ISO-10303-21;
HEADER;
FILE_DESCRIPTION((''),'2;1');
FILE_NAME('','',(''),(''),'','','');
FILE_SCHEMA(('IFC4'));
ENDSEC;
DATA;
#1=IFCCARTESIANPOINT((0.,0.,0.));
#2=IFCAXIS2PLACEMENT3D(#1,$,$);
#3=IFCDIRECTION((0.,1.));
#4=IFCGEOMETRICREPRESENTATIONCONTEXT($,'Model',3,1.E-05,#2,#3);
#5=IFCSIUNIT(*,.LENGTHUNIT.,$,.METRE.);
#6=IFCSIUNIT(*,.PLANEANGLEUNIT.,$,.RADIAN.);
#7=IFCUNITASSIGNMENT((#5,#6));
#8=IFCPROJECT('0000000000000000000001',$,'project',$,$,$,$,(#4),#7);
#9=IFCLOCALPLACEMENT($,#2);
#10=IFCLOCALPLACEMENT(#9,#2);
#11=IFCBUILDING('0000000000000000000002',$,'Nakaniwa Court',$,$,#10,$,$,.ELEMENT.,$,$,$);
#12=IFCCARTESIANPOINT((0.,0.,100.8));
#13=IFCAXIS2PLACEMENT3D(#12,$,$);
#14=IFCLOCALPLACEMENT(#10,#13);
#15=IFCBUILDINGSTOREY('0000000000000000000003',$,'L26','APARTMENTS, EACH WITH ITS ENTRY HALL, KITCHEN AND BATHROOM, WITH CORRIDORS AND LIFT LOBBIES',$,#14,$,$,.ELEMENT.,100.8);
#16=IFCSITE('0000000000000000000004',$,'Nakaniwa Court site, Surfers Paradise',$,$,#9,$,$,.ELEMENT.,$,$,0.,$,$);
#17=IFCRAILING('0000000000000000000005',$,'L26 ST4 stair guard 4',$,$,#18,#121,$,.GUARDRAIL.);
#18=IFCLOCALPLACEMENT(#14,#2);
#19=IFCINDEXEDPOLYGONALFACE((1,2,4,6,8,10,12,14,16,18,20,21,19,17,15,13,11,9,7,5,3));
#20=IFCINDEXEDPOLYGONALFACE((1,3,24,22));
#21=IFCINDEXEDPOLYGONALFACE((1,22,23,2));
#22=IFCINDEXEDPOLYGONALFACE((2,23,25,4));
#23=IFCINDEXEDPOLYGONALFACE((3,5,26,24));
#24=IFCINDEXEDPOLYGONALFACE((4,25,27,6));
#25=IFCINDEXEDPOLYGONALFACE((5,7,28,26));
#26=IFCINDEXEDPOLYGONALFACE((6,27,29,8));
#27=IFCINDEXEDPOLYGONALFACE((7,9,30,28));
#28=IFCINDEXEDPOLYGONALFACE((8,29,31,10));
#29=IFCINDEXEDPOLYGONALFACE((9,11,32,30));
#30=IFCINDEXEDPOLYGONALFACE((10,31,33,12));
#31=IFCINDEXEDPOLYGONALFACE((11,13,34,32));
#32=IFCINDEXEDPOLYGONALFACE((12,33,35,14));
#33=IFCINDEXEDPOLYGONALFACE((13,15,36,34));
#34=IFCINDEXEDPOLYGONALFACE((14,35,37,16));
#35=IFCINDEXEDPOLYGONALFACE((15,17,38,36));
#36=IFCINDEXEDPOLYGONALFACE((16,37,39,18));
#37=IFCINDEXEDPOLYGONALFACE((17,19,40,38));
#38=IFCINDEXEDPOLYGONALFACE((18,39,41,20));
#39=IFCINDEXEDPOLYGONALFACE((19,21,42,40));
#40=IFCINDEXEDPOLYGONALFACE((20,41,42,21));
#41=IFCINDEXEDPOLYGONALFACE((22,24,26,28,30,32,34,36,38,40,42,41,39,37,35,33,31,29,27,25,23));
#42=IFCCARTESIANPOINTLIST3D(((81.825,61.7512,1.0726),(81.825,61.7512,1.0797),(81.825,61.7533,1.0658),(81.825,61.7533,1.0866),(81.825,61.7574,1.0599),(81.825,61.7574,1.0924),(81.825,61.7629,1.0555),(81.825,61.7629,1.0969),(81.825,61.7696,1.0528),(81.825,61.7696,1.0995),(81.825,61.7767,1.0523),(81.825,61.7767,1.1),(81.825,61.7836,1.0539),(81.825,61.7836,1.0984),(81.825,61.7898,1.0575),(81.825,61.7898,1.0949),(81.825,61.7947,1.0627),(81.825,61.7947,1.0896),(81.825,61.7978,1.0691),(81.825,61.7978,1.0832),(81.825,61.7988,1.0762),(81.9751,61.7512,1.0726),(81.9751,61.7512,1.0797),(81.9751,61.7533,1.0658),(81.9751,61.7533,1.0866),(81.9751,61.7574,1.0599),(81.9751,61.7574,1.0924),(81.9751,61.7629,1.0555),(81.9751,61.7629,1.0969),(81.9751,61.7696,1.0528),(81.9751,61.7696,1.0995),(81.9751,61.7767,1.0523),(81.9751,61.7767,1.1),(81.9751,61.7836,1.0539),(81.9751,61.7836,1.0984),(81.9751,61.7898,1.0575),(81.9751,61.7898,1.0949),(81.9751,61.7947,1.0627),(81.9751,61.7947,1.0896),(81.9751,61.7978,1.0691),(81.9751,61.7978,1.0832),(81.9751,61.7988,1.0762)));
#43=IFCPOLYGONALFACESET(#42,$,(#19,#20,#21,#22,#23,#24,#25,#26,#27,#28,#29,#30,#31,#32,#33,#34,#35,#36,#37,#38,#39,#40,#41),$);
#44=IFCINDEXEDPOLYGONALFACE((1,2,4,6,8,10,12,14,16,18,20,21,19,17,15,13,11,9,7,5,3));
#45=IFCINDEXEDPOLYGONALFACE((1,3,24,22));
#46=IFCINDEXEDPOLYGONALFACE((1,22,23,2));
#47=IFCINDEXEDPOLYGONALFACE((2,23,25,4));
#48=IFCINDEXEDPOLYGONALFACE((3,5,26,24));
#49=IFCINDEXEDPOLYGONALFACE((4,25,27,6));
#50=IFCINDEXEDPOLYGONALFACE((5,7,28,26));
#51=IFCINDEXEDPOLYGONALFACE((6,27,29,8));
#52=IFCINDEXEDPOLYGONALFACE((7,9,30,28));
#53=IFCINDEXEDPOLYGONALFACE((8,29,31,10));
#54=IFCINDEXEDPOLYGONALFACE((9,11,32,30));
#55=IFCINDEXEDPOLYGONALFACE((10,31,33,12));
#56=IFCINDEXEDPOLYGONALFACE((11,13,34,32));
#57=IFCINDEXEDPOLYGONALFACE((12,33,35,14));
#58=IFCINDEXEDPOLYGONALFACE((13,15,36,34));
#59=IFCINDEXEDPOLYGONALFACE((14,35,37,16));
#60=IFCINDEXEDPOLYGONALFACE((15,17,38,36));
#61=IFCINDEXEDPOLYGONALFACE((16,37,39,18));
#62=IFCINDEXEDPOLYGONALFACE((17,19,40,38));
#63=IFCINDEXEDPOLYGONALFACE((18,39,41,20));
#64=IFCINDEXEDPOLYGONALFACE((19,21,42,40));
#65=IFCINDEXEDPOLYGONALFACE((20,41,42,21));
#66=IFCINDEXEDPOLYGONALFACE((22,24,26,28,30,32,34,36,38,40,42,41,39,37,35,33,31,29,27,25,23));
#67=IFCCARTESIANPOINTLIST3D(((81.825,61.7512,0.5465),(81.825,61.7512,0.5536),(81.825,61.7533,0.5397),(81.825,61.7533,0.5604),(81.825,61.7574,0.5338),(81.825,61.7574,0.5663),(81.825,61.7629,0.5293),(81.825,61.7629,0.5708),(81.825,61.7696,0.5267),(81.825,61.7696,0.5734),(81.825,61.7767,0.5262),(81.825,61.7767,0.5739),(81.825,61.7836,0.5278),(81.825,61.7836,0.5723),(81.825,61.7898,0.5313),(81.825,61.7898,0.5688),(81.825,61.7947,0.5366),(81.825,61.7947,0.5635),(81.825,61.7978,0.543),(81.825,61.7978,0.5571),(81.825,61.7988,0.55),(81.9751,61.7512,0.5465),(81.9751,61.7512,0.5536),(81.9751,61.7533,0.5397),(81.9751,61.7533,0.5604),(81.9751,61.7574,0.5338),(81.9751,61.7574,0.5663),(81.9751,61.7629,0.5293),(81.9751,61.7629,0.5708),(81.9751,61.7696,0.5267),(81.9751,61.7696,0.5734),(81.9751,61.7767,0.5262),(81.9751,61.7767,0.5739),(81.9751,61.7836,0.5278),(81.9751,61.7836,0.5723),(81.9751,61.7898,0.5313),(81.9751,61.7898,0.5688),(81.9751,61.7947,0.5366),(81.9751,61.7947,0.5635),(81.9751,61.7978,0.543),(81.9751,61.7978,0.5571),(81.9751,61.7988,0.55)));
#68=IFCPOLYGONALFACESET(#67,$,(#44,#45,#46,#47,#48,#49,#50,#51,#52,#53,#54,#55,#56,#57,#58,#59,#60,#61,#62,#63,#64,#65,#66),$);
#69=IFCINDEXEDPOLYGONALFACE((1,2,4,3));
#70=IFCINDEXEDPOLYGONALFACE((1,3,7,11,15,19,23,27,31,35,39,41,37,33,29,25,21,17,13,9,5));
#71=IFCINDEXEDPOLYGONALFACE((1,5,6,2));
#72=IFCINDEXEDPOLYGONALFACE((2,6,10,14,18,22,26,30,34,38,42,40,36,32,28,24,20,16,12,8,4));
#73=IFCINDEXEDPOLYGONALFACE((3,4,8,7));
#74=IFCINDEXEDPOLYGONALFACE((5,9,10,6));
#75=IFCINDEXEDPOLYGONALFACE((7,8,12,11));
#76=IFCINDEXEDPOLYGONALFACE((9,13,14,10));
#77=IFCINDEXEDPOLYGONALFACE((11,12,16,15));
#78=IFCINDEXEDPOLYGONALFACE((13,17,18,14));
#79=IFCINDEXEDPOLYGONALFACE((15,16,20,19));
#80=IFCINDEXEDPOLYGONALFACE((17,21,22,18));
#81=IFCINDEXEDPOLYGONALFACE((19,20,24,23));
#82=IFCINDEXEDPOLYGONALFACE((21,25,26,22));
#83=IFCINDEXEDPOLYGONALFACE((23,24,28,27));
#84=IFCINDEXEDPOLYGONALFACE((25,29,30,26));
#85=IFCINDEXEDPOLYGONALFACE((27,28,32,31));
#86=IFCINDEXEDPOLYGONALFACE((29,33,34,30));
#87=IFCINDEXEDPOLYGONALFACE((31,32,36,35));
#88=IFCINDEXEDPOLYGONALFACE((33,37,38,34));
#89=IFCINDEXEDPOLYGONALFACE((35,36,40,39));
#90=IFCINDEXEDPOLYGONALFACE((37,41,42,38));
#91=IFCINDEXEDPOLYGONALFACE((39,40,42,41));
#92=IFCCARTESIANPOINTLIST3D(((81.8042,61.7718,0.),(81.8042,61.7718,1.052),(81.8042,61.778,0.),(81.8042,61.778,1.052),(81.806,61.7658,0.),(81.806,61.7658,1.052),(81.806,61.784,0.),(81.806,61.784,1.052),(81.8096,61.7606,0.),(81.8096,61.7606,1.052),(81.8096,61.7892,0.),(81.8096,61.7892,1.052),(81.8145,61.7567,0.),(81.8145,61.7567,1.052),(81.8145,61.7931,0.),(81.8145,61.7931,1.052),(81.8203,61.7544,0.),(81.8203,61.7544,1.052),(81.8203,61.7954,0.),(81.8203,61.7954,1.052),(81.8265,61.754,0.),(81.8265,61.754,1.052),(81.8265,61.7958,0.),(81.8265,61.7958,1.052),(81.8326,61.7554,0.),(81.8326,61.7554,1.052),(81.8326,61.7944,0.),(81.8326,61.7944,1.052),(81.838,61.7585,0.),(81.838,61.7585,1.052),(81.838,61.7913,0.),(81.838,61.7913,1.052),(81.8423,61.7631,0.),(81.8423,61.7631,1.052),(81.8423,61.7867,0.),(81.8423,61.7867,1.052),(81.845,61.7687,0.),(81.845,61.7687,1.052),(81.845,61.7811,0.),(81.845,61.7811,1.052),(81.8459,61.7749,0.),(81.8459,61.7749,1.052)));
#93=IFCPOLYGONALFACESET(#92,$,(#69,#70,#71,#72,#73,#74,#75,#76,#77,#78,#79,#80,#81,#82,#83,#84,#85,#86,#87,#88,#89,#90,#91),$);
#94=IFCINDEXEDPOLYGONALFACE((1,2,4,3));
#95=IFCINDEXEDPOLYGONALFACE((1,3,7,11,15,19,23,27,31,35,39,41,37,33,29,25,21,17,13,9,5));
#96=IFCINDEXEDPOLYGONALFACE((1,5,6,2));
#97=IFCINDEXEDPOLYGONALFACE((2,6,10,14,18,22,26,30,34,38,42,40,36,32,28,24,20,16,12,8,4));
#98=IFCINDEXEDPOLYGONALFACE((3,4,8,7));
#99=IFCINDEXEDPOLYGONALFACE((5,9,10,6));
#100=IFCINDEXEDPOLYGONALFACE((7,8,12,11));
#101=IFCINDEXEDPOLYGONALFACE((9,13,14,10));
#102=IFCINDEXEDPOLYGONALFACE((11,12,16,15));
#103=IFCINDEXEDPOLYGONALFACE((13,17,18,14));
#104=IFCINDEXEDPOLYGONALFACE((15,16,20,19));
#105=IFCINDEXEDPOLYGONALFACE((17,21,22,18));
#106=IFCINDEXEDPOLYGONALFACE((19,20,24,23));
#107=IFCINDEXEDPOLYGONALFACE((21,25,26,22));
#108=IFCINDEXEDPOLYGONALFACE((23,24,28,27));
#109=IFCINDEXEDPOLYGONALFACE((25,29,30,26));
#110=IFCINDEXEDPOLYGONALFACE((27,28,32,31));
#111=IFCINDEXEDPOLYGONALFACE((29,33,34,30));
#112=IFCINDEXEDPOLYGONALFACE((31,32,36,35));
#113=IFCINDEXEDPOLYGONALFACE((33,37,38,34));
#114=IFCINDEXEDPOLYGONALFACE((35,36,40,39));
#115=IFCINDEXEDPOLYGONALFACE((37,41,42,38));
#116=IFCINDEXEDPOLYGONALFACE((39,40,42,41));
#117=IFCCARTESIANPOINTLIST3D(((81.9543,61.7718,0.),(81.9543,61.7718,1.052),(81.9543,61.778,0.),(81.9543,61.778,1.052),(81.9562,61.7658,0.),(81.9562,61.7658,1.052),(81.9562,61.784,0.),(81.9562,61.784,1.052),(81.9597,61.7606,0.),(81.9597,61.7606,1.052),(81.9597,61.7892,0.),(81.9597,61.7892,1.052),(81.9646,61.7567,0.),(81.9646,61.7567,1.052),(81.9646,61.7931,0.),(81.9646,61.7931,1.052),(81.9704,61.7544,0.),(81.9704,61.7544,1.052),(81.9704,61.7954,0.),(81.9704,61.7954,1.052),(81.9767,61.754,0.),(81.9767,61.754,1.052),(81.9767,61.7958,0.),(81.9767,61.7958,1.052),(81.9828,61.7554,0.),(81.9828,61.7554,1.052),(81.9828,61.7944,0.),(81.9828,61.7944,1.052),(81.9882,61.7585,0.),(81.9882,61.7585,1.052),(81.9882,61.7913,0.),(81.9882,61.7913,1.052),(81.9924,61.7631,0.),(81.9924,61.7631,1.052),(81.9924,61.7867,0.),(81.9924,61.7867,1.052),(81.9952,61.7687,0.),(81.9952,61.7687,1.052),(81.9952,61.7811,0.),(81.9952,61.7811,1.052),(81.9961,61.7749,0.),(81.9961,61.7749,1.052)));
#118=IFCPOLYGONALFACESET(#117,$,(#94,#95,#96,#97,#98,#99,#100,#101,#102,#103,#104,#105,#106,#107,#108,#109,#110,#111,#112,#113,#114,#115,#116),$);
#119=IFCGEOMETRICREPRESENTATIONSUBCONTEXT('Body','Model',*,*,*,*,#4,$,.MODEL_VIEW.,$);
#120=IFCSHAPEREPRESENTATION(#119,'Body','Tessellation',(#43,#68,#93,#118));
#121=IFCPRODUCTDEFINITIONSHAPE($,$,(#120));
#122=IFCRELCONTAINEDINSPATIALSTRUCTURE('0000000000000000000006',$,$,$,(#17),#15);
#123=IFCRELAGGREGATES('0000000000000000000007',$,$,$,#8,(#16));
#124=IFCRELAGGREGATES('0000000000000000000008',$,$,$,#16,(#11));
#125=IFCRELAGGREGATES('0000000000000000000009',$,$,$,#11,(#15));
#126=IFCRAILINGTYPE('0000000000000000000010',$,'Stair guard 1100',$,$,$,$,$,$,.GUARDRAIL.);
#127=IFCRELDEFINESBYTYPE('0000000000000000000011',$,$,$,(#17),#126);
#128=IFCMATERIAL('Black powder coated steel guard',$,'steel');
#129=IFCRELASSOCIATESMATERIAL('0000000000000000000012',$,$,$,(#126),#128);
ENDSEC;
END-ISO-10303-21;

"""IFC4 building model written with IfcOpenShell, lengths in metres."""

from ifc_helpers import new_model, si_unit, direction, frame, origin, origin_2d, place, context, subcontext, project, spatial, circle, extrude, material, type_object, element, save


model = new_model("IFC4")

# Units and contexts
model_context = context("Model", 3, precision=1e-05, world=origin(), true_north=direction((0.0, 1.0)))
body_context = subcontext(model_context, "Body", "Model", "MODEL_VIEW")
ifc_project = project(units=[si_unit("LENGTHUNIT", "METRE"), si_unit("PLANEANGLEUNIT", "RADIAN")], contexts=[model_context])

# Site, building, storey
site_placement = place(None, origin())
site = spatial("IfcSite", under=ifc_project, at=site_placement, Name="Nakaniwa Court site, Surfers Paradise", CompositionType="ELEMENT", RefElevation=0.0)
building_placement = place(site_placement, origin())
building = spatial("IfcBuilding", under=site, at=building_placement, Name="Nakaniwa Court", CompositionType="ELEMENT")
storey_placement = place(building_placement, frame((0.0, 0.0, 100.8)))
storey = spatial("IfcBuildingStorey", under=building, at=storey_placement, Name="L26", Description="APARTMENTS, EACH WITH ITS ENTRY HALL, KITCHEN AND BATHROOM, WITH CORRIDORS AND LIFT LOBBIES", CompositionType="ELEMENT", Elevation=100.8)

# Railing
ifc_material_1 = material(Name="Black powder coated steel guard", Category="steel")
railing_type_1 = type_object("IfcRailingType", Name="Stair guard 1100", PredefinedType="GUARDRAIL", material=ifc_material_1)
railing_1_placement = place(storey_placement, frame((81.825, 61.7749, 0.0)))
element("IfcRailing", 1, at=railing_1_placement, inside=storey, type_object=railing_type_1, Name="L26 ST4 stair guard 4", PredefinedType="GUARDRAIL", context=body_context, shape_type="SweptSolid", body=[
    extrude(circle(Radius=0.0239, at=origin_2d()), frame((0.0, 0.0, 1.0762), z_axis=(1.0, 0.0, 0.0), x_axis=(0.0, 1.0, 0.0)), (0.0, 0.0, 1.0), 0.1501),
    extrude(circle(Radius=0.0239, at=origin_2d()), frame((0.0, 0.0, 0.55), z_axis=(1.0, 0.0, 0.0), x_axis=(0.0, 1.0, 0.0)), (0.0, 0.0, 1.0), 0.1501),
    extrude(circle(Radius=0.021, at=origin_2d()), origin(), (0.0, 0.0, 1.0), 1.052),
    extrude(circle(Radius=0.021, at=origin_2d()), frame((0.1501, 0.0, 0.0)), (0.0, 0.0, 1.0), 1.052),
])

save(model, "model.ifc")
